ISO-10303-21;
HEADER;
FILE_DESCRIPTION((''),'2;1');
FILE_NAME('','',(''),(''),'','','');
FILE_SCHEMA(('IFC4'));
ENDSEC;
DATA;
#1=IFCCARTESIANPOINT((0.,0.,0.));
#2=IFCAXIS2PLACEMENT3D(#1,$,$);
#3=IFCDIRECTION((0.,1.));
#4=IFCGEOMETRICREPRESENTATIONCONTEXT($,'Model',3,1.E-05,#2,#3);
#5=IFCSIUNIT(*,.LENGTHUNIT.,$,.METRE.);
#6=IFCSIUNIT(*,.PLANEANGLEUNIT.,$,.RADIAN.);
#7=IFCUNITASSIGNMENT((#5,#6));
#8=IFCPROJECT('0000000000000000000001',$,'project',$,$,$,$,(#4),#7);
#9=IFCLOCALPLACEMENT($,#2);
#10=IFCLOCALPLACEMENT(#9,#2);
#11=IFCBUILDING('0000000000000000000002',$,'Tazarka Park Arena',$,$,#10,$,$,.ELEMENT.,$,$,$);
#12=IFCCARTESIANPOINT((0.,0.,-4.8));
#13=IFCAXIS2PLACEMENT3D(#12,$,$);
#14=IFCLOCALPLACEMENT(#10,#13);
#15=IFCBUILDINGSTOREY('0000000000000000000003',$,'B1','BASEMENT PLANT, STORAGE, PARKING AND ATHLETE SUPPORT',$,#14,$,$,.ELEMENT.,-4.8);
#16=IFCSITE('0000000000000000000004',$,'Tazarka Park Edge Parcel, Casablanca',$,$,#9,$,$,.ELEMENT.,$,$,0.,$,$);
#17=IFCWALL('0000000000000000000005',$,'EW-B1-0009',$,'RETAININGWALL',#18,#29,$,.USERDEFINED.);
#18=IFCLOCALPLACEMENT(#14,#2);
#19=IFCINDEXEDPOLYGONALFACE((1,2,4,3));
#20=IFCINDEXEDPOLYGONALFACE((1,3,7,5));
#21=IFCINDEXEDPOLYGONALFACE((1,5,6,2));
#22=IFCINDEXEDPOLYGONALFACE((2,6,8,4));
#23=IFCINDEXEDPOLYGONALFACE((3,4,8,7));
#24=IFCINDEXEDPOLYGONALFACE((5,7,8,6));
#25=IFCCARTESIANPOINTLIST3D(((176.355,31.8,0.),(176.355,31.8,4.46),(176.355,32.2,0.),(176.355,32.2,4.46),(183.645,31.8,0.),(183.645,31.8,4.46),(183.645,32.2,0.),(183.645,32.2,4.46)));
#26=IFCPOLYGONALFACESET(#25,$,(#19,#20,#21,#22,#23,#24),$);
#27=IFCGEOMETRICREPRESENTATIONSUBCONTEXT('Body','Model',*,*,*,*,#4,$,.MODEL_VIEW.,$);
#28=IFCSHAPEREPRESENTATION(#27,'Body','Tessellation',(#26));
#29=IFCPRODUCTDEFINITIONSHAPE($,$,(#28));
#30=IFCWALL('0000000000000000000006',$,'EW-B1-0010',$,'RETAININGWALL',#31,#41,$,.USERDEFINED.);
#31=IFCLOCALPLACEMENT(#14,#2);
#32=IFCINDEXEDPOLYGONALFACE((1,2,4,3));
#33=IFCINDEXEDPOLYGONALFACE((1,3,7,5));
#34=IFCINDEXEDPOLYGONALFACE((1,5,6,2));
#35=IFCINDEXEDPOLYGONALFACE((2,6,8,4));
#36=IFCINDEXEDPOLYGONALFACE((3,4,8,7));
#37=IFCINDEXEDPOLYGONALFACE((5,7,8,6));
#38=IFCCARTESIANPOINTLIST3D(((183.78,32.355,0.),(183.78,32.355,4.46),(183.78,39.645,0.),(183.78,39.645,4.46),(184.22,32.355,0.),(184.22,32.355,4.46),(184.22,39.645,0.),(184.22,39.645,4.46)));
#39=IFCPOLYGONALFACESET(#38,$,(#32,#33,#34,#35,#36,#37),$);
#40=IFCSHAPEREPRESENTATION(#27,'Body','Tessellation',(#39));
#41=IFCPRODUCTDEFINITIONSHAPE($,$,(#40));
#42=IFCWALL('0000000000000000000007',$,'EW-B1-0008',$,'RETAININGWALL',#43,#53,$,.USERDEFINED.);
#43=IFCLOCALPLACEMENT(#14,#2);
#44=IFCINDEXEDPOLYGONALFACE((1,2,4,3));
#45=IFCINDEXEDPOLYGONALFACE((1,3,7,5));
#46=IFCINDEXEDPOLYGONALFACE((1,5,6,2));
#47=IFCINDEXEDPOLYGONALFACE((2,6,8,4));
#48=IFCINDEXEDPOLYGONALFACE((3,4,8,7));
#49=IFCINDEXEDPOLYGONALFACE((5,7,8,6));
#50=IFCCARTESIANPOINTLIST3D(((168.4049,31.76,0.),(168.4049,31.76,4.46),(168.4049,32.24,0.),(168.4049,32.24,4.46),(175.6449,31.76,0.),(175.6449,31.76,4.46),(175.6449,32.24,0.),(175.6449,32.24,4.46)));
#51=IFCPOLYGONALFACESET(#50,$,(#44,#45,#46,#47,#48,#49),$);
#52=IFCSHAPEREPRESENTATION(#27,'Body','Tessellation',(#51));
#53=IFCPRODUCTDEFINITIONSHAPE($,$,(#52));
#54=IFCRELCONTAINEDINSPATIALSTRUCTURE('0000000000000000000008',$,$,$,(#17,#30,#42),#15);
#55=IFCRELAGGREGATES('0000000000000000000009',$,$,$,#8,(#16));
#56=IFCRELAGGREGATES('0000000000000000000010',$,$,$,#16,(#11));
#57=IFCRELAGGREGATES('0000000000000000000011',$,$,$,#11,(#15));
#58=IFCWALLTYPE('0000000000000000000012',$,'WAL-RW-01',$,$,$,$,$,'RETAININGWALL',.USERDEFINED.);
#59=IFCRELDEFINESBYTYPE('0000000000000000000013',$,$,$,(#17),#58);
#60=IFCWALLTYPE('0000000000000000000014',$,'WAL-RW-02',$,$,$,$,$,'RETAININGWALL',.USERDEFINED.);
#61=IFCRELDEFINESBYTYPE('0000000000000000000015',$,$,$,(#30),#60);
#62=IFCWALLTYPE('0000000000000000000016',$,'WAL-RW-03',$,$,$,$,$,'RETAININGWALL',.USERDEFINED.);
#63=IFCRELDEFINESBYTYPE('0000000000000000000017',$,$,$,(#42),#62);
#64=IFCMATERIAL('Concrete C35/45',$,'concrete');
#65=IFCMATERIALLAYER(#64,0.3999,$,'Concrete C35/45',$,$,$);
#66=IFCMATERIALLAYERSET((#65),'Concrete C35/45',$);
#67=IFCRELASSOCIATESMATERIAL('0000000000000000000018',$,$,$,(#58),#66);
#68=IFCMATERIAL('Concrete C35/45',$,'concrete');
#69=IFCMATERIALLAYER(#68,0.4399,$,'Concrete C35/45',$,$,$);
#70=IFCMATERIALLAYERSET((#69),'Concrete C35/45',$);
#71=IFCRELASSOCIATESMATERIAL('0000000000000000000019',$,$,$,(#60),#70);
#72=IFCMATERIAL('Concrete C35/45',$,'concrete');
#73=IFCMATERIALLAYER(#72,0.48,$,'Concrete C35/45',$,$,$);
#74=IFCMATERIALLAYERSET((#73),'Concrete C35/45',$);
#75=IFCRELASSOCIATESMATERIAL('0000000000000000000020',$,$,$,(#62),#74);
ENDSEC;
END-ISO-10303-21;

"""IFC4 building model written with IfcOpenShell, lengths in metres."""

from ifc_helpers import new_model, si_unit, direction, frame, frame_2d, origin, place, context, subcontext, project, spatial, rectangle, extrude, material, layer, layer_set, type_object, element, save


model = new_model("IFC4")

# Units and contexts
model_context = context("Model", 3, precision=1e-05, world=origin(), true_north=direction((0.0, 1.0)))
body_context = subcontext(model_context, "Body", "Model", "MODEL_VIEW")
ifc_project = project(units=[si_unit("LENGTHUNIT", "METRE"), si_unit("PLANEANGLEUNIT", "RADIAN")], contexts=[model_context])

# Site, building, storey
site_placement = place(None, origin())
site = spatial("IfcSite", under=ifc_project, at=site_placement, Name="Tazarka Park Edge Parcel, Casablanca", CompositionType="ELEMENT", RefElevation=0.0)
building_placement = place(site_placement, origin())
building = spatial("IfcBuilding", under=site, at=building_placement, Name="Tazarka Park Arena", CompositionType="ELEMENT")
storey_placement = place(building_placement, frame((0.0, 0.0, -4.8)))
storey = spatial("IfcBuildingStorey", under=building, at=storey_placement, Name="B1", Description="BASEMENT PLANT, STORAGE, PARKING AND ATHLETE SUPPORT", CompositionType="ELEMENT", Elevation=-4.8)

# Walls
ifc_material_1 = material(Name="Concrete C35/45", Category="concrete")
ifc_layer_1 = layer(ifc_material_1, 0.3999, Name="Concrete C35/45")
ifc_layer_set_1 = layer_set([ifc_layer_1], Name="Concrete C35/45")
wall_type_1 = type_object("IfcWallType", Name="WAL-RW-01", ElementType="RETAININGWALL", PredefinedType="USERDEFINED", material=ifc_layer_set_1)
wall_1_placement = place(storey_placement, frame((183.645, 32.0, 0.0), z_axis=(0.0, 0.0, 1.0), x_axis=(-1.0, 0.0, 0.0)))
element("IfcWall", 1, at=wall_1_placement, inside=storey, type_object=wall_type_1, Name="EW-B1-0009", ObjectType="RETAININGWALL", PredefinedType="USERDEFINED", context=body_context, shape_type="SweptSolid", body=[
    extrude(rectangle(XDim=7.29, YDim=0.3999, at=frame_2d((3.645, 0.0))), origin(), (0.0, 0.0, 1.0), 4.46),
])
ifc_material_2 = material(Name="Concrete C35/45", Category="concrete")
ifc_layer_2 = layer(ifc_material_2, 0.4399, Name="Concrete C35/45")
ifc_layer_set_2 = layer_set([ifc_layer_2], Name="Concrete C35/45")
wall_type_2 = type_object("IfcWallType", Name="WAL-RW-02", ElementType="RETAININGWALL", PredefinedType="USERDEFINED", material=ifc_layer_set_2)
wall_2_placement = place(storey_placement, frame((184.0, 39.645, 0.0), z_axis=(0.0, 0.0, 1.0), x_axis=(0.0, -1.0, 0.0)))
element("IfcWall", 2, at=wall_2_placement, inside=storey, type_object=wall_type_2, Name="EW-B1-0010", ObjectType="RETAININGWALL", PredefinedType="USERDEFINED", context=body_context, shape_type="SweptSolid", body=[
    extrude(rectangle(XDim=7.29, YDim=0.4399, at=frame_2d((3.645, 0.0))), origin(), (0.0, 0.0, 1.0), 4.46),
])
ifc_material_3 = material(Name="Concrete C35/45", Category="concrete")
ifc_layer_3 = layer(ifc_material_3, 0.48, Name="Concrete C35/45")
ifc_layer_set_3 = layer_set([ifc_layer_3], Name="Concrete C35/45")
wall_type_3 = type_object("IfcWallType", Name="WAL-RW-03", ElementType="RETAININGWALL", PredefinedType="USERDEFINED", material=ifc_layer_set_3)
wall_3_placement = place(storey_placement, frame((175.645, 32.0, 0.0), z_axis=(0.0, 0.0, 1.0), x_axis=(-1.0, 0.0, 0.0)))
element("IfcWall", 3, at=wall_3_placement, inside=storey, type_object=wall_type_3, Name="EW-B1-0008", ObjectType="RETAININGWALL", PredefinedType="USERDEFINED", context=body_context, shape_type="SweptSolid", body=[
    extrude(rectangle(XDim=7.24, YDim=0.48, at=frame_2d((3.6201, 0.0))), origin(), (0.0, 0.0, 1.0), 4.46),
])

save(model, "model.ifc")
